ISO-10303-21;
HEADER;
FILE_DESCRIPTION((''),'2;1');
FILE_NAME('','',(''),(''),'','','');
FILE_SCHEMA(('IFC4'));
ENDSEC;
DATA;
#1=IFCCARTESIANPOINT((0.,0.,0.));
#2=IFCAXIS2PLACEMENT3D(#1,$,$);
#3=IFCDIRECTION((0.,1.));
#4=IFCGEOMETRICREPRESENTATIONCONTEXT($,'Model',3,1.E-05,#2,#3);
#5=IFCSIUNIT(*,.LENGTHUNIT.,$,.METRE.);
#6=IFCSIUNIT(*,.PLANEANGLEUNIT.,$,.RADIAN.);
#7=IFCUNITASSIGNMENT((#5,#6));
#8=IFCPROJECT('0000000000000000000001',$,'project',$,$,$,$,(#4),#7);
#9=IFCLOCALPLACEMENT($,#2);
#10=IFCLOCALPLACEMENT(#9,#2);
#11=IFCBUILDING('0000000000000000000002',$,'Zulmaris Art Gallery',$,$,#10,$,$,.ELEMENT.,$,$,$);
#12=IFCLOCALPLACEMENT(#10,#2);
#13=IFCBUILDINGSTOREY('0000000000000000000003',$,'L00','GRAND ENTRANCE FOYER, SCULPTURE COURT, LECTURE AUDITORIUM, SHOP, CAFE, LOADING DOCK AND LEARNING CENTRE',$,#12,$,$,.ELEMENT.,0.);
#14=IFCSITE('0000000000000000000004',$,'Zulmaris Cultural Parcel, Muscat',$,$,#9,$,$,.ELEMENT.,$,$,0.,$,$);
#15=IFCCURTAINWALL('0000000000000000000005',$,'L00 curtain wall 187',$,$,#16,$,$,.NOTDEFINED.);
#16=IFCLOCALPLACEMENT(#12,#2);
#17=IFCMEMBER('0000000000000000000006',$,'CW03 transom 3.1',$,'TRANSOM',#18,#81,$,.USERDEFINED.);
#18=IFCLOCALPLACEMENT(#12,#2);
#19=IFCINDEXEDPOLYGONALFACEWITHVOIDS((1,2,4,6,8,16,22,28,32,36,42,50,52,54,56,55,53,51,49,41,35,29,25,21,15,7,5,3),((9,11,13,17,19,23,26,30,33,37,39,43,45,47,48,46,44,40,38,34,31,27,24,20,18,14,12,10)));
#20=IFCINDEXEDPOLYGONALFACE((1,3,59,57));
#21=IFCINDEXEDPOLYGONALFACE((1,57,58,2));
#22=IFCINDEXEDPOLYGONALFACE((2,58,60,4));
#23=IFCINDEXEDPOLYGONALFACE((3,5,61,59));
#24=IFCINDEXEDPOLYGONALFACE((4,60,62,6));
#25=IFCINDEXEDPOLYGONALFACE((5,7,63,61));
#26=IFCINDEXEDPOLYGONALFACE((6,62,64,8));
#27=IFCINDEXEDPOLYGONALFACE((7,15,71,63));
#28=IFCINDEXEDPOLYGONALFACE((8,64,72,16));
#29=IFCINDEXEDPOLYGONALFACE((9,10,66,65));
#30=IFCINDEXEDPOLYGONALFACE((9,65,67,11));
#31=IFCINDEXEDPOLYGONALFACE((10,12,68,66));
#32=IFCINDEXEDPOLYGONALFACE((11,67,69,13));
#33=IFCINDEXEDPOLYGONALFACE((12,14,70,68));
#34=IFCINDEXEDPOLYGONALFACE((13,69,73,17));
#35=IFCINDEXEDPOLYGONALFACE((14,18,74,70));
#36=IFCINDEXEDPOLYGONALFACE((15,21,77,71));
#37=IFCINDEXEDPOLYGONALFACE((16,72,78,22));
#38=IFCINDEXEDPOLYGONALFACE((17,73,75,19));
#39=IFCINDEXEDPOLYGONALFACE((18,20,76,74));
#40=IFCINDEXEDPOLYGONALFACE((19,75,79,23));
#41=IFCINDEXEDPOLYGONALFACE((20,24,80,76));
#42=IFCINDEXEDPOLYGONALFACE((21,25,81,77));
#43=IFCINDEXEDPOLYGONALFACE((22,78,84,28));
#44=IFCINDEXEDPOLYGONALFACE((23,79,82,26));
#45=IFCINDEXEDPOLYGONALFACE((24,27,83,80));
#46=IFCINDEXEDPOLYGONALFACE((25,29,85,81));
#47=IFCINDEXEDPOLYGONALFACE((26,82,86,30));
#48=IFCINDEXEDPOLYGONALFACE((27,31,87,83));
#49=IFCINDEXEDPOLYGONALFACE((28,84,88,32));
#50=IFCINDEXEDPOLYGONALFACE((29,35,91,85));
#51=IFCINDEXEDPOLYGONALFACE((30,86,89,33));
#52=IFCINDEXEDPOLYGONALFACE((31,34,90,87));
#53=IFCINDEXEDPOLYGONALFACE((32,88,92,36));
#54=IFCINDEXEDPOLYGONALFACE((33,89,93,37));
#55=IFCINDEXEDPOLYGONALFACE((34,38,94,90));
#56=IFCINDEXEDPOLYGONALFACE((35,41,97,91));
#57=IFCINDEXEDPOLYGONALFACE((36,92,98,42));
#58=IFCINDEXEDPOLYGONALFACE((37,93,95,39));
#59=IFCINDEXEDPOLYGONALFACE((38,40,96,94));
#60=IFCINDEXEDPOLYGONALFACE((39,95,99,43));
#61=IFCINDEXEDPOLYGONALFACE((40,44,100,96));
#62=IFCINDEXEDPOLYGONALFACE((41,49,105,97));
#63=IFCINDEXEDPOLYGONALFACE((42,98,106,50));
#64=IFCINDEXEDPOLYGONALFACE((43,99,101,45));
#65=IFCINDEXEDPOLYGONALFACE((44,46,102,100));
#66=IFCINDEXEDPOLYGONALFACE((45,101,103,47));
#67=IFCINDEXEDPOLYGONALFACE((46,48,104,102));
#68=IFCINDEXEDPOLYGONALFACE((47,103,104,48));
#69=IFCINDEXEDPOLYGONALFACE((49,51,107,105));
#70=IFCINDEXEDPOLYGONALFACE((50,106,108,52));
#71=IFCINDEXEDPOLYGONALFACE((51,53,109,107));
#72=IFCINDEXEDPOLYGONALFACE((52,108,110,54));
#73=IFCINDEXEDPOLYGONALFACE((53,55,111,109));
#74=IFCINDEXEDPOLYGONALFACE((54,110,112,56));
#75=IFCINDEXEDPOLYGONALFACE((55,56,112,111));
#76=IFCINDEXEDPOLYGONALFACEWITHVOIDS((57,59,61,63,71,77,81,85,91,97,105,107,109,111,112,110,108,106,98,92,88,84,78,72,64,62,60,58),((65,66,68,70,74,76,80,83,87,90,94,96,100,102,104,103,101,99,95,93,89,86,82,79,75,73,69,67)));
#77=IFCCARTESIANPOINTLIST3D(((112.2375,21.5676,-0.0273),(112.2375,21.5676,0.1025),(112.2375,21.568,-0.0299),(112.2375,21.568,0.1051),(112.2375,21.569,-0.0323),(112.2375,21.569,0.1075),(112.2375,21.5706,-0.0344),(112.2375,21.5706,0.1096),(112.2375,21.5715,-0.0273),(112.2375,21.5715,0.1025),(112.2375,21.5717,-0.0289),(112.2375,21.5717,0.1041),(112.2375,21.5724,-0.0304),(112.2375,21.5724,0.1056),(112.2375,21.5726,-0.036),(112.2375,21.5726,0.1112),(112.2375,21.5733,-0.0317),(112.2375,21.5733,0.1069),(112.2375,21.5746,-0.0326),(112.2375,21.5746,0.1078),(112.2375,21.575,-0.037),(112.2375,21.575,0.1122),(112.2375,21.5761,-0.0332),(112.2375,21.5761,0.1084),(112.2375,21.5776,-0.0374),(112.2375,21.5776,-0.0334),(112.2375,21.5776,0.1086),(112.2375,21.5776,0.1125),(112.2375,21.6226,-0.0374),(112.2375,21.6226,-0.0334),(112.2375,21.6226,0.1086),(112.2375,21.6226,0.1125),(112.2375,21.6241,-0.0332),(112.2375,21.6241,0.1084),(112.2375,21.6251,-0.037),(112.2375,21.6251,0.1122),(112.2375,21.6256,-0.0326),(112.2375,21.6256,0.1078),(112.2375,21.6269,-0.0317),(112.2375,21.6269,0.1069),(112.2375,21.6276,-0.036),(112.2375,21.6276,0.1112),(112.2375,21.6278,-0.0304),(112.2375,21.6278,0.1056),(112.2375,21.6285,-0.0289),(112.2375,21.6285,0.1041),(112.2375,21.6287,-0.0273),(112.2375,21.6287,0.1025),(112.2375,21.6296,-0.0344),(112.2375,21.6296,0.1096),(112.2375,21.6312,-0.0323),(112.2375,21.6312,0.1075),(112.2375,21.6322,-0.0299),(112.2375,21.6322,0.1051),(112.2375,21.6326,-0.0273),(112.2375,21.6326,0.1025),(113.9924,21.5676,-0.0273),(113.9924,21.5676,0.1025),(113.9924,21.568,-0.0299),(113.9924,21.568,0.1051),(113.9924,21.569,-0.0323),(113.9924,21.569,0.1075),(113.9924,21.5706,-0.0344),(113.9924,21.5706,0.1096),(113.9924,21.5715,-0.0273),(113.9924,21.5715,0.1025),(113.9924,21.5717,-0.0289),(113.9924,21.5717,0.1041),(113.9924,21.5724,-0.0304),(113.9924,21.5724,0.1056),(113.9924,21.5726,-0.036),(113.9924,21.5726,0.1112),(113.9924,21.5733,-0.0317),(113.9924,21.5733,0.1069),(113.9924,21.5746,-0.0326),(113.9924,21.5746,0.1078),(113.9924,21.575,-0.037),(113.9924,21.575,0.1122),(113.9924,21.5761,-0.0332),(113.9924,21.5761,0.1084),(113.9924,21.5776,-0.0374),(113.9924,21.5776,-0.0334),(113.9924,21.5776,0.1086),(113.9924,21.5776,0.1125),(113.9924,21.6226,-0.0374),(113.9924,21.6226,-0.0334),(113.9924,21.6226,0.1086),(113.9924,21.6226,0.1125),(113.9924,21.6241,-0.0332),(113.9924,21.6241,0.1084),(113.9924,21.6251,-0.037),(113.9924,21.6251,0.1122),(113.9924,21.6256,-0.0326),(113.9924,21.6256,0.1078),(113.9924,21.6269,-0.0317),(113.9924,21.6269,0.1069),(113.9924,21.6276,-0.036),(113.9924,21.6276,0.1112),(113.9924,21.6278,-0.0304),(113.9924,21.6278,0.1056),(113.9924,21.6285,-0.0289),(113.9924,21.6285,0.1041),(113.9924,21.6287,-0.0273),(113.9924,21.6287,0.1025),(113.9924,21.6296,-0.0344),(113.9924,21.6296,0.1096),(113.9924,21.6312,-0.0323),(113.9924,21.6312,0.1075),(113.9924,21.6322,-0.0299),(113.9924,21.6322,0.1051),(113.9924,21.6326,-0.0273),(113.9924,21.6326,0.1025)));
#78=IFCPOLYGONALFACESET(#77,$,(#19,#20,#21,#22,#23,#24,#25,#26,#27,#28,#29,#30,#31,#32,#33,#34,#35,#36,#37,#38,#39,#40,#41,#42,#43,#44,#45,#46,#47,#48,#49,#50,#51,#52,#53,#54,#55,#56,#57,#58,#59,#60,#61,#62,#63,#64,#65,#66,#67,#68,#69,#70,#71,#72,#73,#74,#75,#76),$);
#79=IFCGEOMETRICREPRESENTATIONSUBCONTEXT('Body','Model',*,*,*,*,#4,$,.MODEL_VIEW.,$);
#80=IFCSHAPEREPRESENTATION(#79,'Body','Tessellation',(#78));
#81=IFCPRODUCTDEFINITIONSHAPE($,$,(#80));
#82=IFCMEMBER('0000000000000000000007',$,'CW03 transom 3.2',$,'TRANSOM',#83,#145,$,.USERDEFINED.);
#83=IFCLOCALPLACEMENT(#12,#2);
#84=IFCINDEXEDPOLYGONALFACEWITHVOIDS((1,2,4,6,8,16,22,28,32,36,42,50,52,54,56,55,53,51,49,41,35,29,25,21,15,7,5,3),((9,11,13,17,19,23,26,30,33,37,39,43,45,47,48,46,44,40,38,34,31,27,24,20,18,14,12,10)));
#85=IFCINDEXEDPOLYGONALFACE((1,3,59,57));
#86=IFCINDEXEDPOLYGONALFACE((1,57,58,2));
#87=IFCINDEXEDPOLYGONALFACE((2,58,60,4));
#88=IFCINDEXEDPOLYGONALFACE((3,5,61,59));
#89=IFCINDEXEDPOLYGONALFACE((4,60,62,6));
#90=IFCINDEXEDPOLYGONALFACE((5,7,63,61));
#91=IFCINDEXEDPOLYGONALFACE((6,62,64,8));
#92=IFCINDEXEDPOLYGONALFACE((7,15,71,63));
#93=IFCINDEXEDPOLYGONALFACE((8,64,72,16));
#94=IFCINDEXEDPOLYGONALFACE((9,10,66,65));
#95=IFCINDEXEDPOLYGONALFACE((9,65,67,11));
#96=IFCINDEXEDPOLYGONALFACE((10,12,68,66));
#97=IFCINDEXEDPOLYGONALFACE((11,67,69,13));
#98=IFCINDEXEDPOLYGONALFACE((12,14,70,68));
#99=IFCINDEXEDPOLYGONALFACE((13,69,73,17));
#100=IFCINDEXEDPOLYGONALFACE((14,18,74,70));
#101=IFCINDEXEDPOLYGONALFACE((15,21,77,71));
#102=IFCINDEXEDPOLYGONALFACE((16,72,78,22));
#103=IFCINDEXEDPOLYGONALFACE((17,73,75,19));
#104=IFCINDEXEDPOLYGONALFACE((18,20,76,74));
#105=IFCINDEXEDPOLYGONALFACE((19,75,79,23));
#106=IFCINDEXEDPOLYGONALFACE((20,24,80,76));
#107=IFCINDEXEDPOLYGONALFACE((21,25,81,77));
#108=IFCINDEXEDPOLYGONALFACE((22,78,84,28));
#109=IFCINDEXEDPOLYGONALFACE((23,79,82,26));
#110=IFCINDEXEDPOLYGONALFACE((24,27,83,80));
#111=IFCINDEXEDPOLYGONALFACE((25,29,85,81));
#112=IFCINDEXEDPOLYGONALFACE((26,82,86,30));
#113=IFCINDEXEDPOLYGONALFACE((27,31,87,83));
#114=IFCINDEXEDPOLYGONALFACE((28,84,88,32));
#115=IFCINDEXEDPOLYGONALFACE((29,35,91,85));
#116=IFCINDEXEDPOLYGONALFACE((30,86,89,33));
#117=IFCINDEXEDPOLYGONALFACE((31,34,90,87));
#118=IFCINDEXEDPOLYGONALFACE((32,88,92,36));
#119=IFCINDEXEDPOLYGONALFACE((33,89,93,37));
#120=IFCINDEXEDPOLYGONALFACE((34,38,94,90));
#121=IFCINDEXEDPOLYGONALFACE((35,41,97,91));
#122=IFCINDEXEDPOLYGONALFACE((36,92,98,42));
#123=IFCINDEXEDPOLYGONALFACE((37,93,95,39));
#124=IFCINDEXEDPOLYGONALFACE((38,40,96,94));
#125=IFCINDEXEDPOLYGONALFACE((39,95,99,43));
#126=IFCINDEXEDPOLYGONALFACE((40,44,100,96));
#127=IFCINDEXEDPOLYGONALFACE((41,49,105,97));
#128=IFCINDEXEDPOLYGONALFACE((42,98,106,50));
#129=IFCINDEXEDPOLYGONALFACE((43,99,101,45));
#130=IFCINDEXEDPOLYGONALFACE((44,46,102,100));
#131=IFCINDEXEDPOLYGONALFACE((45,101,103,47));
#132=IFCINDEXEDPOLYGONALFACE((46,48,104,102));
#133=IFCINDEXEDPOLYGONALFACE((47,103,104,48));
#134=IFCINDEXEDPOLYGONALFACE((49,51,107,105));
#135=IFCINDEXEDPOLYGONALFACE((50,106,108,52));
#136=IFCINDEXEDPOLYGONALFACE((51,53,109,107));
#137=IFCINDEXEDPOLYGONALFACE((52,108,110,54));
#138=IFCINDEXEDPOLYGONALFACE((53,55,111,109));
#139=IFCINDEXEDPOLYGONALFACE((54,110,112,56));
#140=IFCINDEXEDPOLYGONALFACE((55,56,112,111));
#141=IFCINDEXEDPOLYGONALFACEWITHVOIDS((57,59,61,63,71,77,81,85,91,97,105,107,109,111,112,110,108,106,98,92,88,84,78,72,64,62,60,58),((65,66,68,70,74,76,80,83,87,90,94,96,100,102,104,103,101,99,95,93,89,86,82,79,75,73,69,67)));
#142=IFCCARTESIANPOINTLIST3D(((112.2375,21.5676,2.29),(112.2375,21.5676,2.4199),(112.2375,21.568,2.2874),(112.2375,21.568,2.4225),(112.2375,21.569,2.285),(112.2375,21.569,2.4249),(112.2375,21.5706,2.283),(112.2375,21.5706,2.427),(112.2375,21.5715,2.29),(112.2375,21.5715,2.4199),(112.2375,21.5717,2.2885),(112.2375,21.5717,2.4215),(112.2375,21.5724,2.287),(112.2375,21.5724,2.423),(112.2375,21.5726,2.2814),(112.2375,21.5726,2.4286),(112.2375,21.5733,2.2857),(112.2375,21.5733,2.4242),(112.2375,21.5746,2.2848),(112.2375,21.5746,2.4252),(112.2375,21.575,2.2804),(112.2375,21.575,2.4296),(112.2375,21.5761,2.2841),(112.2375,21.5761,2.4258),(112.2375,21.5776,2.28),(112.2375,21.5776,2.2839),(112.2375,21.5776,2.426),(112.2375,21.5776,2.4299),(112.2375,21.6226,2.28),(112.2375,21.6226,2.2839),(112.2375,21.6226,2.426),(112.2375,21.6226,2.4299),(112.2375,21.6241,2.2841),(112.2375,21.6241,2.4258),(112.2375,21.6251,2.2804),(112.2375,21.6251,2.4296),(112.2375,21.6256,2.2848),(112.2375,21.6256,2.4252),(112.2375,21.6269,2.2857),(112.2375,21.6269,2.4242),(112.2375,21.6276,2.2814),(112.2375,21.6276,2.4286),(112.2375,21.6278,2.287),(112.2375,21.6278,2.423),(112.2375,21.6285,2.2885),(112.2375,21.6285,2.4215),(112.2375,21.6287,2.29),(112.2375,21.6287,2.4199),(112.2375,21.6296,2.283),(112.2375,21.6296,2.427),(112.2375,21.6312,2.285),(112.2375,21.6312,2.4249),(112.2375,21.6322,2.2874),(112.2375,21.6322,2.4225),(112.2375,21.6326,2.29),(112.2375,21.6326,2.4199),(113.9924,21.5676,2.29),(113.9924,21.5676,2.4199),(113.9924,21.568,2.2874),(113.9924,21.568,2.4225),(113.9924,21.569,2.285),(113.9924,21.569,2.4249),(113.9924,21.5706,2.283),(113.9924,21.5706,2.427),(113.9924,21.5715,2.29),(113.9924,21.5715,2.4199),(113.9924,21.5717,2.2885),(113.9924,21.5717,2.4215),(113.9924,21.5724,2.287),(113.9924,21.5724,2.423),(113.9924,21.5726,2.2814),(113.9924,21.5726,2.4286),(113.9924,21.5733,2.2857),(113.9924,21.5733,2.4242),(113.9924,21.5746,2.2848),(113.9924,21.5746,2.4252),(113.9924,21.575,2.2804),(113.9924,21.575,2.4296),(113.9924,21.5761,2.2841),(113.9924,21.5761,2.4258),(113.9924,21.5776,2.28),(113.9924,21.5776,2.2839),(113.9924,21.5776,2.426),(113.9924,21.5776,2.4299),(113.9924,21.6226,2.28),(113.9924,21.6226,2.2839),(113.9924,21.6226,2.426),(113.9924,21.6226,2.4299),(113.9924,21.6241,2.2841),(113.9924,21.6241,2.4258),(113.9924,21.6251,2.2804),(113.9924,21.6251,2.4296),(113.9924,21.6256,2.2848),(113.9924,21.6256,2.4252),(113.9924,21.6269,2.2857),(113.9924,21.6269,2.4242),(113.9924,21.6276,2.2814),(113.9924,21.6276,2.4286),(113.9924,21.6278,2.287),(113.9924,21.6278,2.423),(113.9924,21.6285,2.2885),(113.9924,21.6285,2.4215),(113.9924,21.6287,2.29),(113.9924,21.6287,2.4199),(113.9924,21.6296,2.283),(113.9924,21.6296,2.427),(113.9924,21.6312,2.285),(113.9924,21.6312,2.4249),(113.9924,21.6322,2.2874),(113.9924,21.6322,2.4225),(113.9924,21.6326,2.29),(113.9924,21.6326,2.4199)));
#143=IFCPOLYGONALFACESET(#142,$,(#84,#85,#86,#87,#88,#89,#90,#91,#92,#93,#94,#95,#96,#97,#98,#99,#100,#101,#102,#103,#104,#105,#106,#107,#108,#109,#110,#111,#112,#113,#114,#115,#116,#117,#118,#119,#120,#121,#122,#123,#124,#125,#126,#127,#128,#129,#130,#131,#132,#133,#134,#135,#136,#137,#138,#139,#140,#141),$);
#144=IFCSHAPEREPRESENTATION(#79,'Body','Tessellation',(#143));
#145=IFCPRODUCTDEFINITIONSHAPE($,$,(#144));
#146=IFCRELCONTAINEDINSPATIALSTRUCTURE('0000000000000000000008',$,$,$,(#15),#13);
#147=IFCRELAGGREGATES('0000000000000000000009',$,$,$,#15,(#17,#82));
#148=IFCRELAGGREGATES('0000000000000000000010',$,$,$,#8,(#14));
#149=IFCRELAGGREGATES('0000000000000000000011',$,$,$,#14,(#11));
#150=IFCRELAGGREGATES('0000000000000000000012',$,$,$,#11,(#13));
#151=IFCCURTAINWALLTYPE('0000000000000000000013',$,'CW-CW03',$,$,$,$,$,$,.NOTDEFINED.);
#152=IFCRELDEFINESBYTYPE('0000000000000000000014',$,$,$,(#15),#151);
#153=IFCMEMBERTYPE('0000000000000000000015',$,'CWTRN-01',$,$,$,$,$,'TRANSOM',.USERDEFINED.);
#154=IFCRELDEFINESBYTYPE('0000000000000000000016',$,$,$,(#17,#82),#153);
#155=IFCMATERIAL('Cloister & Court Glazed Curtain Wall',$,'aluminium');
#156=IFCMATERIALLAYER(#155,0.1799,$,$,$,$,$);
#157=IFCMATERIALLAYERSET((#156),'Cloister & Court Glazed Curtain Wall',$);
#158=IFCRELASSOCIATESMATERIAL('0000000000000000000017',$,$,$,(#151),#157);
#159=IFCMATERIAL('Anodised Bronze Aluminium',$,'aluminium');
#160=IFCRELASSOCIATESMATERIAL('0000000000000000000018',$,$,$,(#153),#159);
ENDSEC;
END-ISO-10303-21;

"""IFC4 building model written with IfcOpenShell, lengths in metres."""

from ifc_helpers import new_model, si_unit, direction, frame, origin, origin_2d, place, context, subcontext, project, spatial, hollow_rectangle, extrude, material, layer, layer_set, material_profile, profile_set, type_object, element, aggregate, save


model = new_model("IFC4")

# Units and contexts
model_context = context("Model", 3, precision=1e-05, world=origin(), true_north=direction((0.0, 1.0)))
body_context = subcontext(model_context, "Body", "Model", "MODEL_VIEW")
ifc_project = project(units=[si_unit("LENGTHUNIT", "METRE"), si_unit("PLANEANGLEUNIT", "RADIAN")], contexts=[model_context])

# Site, building, storey
site_placement = place(None, origin())
site = spatial("IfcSite", under=ifc_project, at=site_placement, Name="Zulmaris Cultural Parcel, Muscat", CompositionType="ELEMENT", RefElevation=0.0)
building_placement = place(site_placement, origin())
building = spatial("IfcBuilding", under=site, at=building_placement, Name="Zulmaris Art Gallery", CompositionType="ELEMENT")
storey_placement = place(building_placement, origin())
storey = spatial("IfcBuildingStorey", under=building, at=storey_placement, Name="L00", Description="GRAND ENTRANCE FOYER, SCULPTURE COURT, LECTURE AUDITORIUM, SHOP, CAFE, LOADING DOCK AND LEARNING CENTRE", CompositionType="ELEMENT", Elevation=0.0)

# Shared definitions
ifc_material_1 = material(Name="Cloister & Court Glazed Curtain Wall", Category="aluminium")
ifc_layer_1 = layer(ifc_material_1, 0.1799)
ifc_layer_set_1 = layer_set([ifc_layer_1], Name="Cloister & Court Glazed Curtain Wall")
curtain_wall_type = type_object("IfcCurtainWallType", Name="CW-CW03", PredefinedType="NOTDEFINED", material=ifc_layer_set_1)
ifc_material_2 = material(Name="Anodised Bronze Aluminium", Category="aluminium")

# Curtain wall
curtain_wall_1_placement = place(storey_placement, origin())
curtain_wall_1 = element("IfcCurtainWall", 1, at=curtain_wall_1_placement, inside=storey, type_object=curtain_wall_type, Name="L00 curtain wall 187", PredefinedType="NOTDEFINED")

# Members
ifc_material_profile_1 = material_profile(ifc_material_2, hollow_rectangle(XDim=0.0649, YDim=0.1499, WallThickness=0.0039, InnerFilletRadius=0.0061, OuterFilletRadius=0.01, at=origin_2d()), Name="ALU 65x150x4")
ifc_profile_set_1 = profile_set([ifc_material_profile_1], Name="Anodised Bronze Aluminium")
member_type_1 = type_object("IfcMemberType", Name="CWTRN-01", ElementType="TRANSOM", PredefinedType="USERDEFINED", material=ifc_profile_set_1)
member_1_placement = place(storey_placement, frame((112.2375, 21.6001, 0.0376), z_axis=(1.0, 0.0, 0.0), x_axis=(0.0, 1.0, 0.0)))
member_1 = element("IfcMember", 2, at=member_1_placement, type_object=member_type_1, Name="CW03 transom 3.1", ObjectType="TRANSOM", PredefinedType="USERDEFINED", context=body_context, shape_type="SweptSolid", body=[
    extrude(hollow_rectangle(XDim=0.0649, YDim=0.1499, WallThickness=0.0039, InnerFilletRadius=0.0061, OuterFilletRadius=0.01, at=origin_2d()), origin(), (0.0, 0.0, 1.0), 1.7549),
])
member_2_placement = place(storey_placement, frame((112.2375, 21.6001, 2.355), z_axis=(1.0, 0.0, 0.0), x_axis=(0.0, 1.0, 0.0)))
member_2 = element("IfcMember", 3, at=member_2_placement, type_object=member_type_1, Name="CW03 transom 3.2", ObjectType="TRANSOM", PredefinedType="USERDEFINED", context=body_context, shape_type="SweptSolid", body=[
    extrude(hollow_rectangle(XDim=0.0649, YDim=0.1499, WallThickness=0.0039, InnerFilletRadius=0.0061, OuterFilletRadius=0.01, at=origin_2d()), origin(), (0.0, 0.0, 1.0), 1.7549),
])

aggregate(curtain_wall_1, [member_1, member_2])

save(model, "model.ifc")
